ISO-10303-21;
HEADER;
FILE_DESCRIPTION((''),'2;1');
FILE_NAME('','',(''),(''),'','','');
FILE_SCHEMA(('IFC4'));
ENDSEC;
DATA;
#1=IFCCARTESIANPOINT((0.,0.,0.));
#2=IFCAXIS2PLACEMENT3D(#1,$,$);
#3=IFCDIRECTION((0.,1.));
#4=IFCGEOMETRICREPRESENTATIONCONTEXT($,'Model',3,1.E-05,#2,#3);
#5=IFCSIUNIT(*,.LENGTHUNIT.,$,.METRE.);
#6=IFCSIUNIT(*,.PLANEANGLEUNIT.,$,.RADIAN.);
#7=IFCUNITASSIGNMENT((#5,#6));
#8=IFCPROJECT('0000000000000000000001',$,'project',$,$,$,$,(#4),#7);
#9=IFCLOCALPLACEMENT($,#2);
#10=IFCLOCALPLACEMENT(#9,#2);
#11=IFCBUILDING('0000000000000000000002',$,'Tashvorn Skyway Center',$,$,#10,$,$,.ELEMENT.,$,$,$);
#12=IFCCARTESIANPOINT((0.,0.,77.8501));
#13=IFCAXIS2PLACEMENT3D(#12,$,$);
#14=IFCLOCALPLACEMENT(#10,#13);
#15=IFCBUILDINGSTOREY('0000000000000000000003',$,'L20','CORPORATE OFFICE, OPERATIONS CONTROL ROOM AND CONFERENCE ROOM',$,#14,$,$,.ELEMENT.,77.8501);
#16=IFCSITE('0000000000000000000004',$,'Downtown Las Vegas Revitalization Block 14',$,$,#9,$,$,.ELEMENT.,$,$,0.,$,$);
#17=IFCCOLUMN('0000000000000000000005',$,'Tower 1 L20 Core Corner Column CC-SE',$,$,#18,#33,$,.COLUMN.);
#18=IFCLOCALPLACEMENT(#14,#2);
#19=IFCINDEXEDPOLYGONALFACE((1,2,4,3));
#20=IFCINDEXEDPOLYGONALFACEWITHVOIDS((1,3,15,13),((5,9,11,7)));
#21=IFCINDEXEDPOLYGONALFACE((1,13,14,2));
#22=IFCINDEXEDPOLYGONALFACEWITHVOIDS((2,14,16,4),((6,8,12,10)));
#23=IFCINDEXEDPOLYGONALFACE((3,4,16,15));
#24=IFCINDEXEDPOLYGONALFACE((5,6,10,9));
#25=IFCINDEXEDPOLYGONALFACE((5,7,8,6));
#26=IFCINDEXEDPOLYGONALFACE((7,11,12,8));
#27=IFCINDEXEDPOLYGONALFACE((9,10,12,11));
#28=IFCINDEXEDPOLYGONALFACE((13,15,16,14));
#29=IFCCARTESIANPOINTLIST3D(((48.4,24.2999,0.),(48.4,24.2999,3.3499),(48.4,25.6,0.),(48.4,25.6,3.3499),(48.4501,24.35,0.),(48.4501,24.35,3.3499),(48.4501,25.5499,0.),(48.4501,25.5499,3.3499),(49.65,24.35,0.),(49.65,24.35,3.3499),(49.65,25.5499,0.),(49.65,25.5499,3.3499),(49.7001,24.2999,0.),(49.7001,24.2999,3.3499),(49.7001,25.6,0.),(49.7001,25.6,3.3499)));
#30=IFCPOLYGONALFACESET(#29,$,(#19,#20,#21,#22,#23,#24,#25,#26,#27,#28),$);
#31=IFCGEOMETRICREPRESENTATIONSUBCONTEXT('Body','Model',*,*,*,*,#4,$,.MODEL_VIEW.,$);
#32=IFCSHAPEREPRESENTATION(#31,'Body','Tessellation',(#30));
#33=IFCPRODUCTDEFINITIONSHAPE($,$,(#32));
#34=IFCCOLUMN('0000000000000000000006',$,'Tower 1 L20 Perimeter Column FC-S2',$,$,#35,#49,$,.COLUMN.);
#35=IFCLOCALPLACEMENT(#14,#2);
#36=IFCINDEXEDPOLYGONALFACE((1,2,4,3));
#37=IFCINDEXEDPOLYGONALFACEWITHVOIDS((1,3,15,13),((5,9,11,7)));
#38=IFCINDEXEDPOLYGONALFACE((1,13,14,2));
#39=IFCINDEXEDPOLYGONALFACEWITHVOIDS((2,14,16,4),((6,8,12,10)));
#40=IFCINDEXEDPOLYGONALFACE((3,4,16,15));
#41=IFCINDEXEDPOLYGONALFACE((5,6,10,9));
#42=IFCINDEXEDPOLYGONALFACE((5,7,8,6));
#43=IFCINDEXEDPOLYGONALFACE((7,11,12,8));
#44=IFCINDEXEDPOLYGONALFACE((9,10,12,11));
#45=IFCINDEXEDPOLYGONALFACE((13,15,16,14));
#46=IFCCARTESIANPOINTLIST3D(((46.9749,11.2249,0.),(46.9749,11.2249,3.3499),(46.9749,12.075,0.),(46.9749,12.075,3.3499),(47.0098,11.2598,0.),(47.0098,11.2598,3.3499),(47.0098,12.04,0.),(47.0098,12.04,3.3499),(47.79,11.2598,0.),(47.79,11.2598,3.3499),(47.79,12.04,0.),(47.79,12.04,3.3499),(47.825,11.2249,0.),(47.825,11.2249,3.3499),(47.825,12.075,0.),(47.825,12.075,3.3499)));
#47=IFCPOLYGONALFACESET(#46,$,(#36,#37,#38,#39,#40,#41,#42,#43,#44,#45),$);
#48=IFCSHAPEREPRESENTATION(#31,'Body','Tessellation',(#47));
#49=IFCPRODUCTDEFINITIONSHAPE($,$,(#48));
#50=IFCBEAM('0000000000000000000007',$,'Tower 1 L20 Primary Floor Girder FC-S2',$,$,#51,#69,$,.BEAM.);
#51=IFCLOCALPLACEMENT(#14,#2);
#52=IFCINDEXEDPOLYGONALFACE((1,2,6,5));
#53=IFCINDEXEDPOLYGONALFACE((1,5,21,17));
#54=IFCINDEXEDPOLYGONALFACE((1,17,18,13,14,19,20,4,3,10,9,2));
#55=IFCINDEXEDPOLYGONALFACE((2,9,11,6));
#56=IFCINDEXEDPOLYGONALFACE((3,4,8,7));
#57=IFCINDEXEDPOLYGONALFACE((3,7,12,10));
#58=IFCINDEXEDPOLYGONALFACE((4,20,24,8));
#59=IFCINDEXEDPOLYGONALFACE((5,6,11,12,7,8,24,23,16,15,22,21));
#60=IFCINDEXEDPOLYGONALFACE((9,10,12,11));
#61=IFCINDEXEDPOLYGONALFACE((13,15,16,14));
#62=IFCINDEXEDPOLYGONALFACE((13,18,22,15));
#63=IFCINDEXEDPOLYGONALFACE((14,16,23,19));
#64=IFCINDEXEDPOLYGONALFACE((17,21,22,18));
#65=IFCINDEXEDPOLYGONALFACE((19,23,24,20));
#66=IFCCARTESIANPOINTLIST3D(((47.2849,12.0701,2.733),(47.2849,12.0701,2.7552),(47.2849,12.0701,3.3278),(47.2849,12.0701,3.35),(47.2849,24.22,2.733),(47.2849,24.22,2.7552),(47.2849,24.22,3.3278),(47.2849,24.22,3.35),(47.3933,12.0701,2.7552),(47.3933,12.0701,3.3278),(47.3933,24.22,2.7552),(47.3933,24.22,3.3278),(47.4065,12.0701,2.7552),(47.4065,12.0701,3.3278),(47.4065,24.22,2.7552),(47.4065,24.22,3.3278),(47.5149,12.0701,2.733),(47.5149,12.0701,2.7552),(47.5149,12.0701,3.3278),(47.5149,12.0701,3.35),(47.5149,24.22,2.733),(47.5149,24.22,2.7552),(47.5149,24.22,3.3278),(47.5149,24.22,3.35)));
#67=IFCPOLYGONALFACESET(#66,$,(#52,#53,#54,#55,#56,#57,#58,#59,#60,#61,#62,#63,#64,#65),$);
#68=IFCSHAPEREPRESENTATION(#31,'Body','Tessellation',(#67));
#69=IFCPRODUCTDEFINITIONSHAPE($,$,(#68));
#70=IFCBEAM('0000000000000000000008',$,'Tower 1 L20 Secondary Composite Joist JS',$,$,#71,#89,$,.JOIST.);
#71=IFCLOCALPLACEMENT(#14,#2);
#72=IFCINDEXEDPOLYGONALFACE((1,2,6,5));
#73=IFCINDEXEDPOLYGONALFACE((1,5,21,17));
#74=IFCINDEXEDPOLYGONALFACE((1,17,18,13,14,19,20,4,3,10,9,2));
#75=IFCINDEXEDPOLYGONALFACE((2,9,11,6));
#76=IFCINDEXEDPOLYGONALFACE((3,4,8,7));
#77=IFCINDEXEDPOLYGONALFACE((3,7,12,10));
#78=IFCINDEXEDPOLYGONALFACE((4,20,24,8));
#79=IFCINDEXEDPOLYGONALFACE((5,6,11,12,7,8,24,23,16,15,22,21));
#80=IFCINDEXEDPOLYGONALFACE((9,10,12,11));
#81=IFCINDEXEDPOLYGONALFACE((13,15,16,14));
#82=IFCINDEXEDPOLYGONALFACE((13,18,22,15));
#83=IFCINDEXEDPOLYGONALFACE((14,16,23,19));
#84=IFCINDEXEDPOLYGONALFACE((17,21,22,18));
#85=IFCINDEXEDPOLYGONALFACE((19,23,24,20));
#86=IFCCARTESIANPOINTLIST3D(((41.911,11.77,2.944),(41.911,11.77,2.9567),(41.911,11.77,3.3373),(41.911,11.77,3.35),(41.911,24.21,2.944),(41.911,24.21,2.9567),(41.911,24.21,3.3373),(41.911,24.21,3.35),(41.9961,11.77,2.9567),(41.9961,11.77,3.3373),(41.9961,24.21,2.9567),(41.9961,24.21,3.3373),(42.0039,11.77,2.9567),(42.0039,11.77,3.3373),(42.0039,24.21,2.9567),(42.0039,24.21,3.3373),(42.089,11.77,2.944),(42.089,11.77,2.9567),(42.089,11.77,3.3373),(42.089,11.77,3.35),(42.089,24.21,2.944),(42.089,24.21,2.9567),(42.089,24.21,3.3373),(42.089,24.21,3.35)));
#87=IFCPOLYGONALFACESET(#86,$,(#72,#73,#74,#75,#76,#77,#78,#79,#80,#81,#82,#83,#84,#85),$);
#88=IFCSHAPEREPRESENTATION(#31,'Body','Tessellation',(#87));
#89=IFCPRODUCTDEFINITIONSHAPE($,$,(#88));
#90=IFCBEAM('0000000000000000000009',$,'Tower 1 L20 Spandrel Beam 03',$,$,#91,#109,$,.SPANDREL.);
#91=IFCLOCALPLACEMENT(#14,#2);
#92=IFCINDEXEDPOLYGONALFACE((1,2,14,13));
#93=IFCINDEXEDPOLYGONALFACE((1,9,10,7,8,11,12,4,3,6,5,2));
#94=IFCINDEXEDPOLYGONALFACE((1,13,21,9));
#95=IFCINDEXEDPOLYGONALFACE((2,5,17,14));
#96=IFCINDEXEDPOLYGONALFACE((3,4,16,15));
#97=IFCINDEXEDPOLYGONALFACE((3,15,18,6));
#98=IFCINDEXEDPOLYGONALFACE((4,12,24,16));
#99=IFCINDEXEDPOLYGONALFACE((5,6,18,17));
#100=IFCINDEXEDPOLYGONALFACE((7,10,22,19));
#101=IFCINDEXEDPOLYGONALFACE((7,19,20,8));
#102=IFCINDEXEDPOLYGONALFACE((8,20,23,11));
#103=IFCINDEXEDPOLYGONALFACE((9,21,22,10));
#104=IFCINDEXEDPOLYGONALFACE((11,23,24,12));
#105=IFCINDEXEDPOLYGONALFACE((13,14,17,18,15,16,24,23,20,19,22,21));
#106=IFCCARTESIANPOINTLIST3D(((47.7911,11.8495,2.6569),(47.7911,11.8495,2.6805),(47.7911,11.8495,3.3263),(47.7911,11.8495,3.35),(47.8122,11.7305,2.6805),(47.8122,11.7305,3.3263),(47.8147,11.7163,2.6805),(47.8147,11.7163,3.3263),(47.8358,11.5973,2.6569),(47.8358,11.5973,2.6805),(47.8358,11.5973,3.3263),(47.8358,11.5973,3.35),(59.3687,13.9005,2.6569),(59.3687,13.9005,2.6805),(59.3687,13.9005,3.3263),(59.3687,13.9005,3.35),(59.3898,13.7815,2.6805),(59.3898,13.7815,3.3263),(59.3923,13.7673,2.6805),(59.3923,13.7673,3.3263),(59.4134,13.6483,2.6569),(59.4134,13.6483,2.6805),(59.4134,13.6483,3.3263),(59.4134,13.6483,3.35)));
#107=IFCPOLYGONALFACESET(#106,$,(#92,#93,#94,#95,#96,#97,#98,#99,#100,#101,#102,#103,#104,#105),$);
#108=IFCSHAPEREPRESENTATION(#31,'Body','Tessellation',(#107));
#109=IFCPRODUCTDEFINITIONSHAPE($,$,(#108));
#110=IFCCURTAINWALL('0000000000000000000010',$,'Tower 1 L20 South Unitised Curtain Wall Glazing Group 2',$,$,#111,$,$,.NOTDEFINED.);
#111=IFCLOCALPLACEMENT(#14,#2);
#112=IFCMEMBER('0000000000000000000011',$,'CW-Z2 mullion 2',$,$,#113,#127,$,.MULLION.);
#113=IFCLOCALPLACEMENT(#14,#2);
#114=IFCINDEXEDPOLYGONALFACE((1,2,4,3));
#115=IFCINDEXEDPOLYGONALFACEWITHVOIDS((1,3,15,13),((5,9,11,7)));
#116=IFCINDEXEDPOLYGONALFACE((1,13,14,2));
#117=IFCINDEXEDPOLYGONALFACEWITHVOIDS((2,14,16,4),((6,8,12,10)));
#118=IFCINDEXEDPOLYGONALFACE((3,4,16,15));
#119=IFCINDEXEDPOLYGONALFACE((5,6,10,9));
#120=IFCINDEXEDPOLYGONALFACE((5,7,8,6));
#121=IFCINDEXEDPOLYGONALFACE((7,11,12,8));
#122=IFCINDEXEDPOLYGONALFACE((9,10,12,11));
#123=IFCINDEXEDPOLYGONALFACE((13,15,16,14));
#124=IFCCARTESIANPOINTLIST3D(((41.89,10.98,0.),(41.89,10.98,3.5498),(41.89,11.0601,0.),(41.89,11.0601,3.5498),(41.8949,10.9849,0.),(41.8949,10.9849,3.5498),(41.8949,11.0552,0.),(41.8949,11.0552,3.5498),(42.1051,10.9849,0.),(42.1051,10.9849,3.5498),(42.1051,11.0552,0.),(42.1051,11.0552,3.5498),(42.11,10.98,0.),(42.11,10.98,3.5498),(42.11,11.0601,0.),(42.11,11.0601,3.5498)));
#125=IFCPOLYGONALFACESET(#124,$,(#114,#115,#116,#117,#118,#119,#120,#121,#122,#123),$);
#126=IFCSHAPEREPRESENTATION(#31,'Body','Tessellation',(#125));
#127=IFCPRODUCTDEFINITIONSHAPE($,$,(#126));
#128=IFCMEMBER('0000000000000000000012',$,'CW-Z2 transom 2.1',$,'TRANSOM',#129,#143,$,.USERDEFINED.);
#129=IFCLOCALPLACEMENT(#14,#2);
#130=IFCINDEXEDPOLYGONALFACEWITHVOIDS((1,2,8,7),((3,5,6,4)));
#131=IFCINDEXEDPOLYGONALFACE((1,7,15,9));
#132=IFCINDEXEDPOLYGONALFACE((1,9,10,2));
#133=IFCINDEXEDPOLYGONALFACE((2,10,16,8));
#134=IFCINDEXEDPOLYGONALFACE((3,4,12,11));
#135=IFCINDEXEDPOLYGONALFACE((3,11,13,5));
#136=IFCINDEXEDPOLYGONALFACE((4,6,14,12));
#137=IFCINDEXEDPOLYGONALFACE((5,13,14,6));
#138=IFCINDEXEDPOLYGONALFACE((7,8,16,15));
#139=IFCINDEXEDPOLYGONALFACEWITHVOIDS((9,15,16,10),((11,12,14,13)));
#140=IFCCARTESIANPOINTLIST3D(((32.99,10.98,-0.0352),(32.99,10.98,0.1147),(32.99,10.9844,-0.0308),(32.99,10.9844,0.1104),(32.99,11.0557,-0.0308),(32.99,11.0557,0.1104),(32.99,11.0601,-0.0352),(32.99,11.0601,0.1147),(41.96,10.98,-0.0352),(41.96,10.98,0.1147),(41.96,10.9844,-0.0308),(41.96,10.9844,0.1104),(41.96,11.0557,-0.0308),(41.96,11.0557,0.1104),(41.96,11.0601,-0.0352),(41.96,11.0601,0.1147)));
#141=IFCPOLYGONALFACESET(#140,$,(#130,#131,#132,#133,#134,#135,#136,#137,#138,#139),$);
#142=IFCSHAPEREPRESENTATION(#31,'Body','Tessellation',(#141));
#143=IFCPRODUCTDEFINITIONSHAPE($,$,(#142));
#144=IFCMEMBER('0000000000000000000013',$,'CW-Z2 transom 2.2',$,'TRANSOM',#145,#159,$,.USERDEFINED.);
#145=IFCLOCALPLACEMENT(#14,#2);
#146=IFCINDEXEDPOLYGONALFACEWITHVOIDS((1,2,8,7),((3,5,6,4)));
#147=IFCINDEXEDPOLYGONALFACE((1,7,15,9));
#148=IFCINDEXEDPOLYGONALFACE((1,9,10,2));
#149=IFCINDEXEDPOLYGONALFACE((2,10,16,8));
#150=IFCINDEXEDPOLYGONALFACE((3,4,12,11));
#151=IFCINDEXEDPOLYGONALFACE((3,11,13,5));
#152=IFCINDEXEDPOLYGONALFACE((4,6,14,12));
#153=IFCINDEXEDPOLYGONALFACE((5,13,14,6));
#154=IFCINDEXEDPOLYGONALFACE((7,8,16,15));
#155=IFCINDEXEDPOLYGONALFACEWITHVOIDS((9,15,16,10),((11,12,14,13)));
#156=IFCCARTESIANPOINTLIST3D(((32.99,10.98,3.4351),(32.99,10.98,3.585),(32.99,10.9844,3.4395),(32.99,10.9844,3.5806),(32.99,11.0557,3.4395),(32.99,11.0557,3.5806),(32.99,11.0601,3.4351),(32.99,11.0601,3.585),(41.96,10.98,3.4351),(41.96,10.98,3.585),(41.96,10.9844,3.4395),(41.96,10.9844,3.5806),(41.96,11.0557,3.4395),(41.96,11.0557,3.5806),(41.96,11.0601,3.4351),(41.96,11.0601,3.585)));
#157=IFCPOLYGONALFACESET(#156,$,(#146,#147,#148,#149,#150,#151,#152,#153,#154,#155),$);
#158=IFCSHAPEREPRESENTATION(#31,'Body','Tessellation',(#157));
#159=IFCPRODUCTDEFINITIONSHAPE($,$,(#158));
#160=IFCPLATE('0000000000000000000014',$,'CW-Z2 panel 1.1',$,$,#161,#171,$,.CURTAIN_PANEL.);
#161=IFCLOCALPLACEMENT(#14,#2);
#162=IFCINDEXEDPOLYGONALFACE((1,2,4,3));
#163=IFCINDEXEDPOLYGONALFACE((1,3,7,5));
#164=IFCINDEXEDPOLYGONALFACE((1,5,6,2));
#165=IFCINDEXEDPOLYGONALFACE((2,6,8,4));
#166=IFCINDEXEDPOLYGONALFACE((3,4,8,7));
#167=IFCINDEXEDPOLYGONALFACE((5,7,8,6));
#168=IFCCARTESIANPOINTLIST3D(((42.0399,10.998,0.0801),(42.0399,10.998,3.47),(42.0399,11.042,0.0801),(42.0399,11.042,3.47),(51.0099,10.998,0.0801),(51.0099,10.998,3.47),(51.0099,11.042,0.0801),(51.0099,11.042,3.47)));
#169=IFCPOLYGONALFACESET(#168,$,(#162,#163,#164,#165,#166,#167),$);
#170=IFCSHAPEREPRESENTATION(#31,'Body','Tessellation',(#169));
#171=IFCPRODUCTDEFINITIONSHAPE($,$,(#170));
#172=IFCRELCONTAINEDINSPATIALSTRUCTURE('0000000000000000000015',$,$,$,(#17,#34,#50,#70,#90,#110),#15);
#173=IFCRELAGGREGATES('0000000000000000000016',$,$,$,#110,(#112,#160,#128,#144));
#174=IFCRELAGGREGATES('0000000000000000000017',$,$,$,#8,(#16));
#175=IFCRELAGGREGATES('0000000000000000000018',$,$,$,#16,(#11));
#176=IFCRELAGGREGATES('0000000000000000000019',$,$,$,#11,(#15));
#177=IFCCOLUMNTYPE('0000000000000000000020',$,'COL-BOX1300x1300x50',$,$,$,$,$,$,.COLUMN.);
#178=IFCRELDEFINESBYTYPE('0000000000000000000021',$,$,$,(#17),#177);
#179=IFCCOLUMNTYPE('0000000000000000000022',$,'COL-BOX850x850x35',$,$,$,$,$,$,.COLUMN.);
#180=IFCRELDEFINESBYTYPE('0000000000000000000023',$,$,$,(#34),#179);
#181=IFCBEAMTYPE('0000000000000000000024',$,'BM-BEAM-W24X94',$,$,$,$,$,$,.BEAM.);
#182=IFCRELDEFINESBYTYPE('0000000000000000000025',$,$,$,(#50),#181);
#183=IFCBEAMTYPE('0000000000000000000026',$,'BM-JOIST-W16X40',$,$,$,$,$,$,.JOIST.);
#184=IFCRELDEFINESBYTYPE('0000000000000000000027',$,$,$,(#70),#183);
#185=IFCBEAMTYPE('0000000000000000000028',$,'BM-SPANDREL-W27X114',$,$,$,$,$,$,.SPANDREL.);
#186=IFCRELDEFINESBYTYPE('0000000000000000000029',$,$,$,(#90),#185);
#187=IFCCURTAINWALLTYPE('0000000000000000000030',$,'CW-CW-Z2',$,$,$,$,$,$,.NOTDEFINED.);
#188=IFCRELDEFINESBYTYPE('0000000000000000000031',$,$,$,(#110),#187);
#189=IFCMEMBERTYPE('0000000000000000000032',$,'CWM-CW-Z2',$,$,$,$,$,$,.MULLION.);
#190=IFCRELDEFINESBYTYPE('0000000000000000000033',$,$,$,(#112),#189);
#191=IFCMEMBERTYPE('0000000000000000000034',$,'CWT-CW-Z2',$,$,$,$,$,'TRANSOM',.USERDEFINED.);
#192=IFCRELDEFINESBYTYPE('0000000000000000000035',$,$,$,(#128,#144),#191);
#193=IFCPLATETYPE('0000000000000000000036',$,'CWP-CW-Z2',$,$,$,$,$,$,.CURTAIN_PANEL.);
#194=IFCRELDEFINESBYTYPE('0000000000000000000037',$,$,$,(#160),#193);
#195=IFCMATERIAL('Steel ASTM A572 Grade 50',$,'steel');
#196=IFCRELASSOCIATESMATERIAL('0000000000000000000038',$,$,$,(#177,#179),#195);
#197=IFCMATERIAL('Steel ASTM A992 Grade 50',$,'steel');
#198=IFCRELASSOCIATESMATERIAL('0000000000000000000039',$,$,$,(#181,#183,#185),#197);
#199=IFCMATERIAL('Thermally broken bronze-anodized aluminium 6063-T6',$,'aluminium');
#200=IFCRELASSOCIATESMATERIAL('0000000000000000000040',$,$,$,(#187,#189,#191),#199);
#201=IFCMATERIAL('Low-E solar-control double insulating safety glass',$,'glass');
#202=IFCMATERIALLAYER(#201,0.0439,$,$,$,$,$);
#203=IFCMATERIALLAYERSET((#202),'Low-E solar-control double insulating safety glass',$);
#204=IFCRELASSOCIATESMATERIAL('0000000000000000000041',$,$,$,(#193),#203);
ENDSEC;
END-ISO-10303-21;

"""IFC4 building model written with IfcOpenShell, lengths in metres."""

from ifc_helpers import new_model, si_unit, direction, frame, origin, origin_2d, place, context, subcontext, project, spatial, rectangle, hollow_rectangle, i_section, extrude, material, layer, layer_set, material_profile, profile_set, type_object, element, aggregate, save


model = new_model("IFC4")

# Units and contexts
model_context = context("Model", 3, precision=1e-05, world=origin(), true_north=direction((0.0, 1.0)))
body_context = subcontext(model_context, "Body", "Model", "MODEL_VIEW")
ifc_project = project(units=[si_unit("LENGTHUNIT", "METRE"), si_unit("PLANEANGLEUNIT", "RADIAN")], contexts=[model_context])

# Site, building, storey
site_placement = place(None, origin())
site = spatial("IfcSite", under=ifc_project, at=site_placement, Name="Downtown Las Vegas Revitalization Block 14", CompositionType="ELEMENT", RefElevation=0.0)
building_placement = place(site_placement, origin())
building = spatial("IfcBuilding", under=site, at=building_placement, Name="Tashvorn Skyway Center", CompositionType="ELEMENT")
storey_placement = place(building_placement, frame((0.0, 0.0, 77.8501)))
storey = spatial("IfcBuildingStorey", under=building, at=storey_placement, Name="L20", Description="CORPORATE OFFICE, OPERATIONS CONTROL ROOM AND CONFERENCE ROOM", CompositionType="ELEMENT", Elevation=77.8501)

# Columns
ifc_material_1 = material(Name="Steel ASTM A572 Grade 50", Category="steel")
ifc_material_profile_1 = material_profile(ifc_material_1, hollow_rectangle(XDim=1.3, YDim=1.3, WallThickness=0.05, at=origin_2d()), Name="BOX1300x1300x50")
ifc_profile_set_1 = profile_set([ifc_material_profile_1], Name="Steel ASTM A572 Grade 50")
column_type_1 = type_object("IfcColumnType", Name="COL-BOX1300x1300x50", PredefinedType="COLUMN", material=ifc_profile_set_1)
column_1_placement = place(storey_placement, frame((49.05, 24.95, 0.0), z_axis=(0.0, 0.0, 1.0), x_axis=(1.0, 0.0, 0.0)))
element("IfcColumn", 1, at=column_1_placement, inside=storey, type_object=column_type_1, Name="Tower 1 L20 Core Corner Column CC-SE", PredefinedType="COLUMN", context=body_context, shape_type="SweptSolid", body=[
    extrude(hollow_rectangle(XDim=1.3, YDim=1.3, WallThickness=0.05, at=origin_2d()), origin(), (0.0, 0.0, 1.0), 3.3499),
])
ifc_material_profile_2 = material_profile(ifc_material_1, hollow_rectangle(XDim=0.8501, YDim=0.8501, WallThickness=0.0349, at=origin_2d()), Name="BOX850x850x35")
ifc_profile_set_2 = profile_set([ifc_material_profile_2], Name="Steel ASTM A572 Grade 50")
column_type_2 = type_object("IfcColumnType", Name="COL-BOX850x850x35", PredefinedType="COLUMN", material=ifc_profile_set_2)
column_2_placement = place(storey_placement, frame((47.3999, 11.6499, 0.0), z_axis=(0.0, 0.0, 1.0), x_axis=(1.0, 0.0, 0.0)))
element("IfcColumn", 2, at=column_2_placement, inside=storey, type_object=column_type_2, Name="Tower 1 L20 Perimeter Column FC-S2", PredefinedType="COLUMN", context=body_context, shape_type="SweptSolid", body=[
    extrude(hollow_rectangle(XDim=0.8501, YDim=0.8501, WallThickness=0.0349, at=origin_2d()), origin(), (0.0, 0.0, 1.0), 3.3499),
])

# Beams
ifc_material_2 = material(Name="Steel ASTM A992 Grade 50", Category="steel")
ifc_material_profile_3 = material_profile(ifc_material_2, i_section(OverallWidth=0.23, OverallDepth=0.6169, WebThickness=0.0132, FlangeThickness=0.0222, at=origin_2d()), Name="W24X94")
ifc_profile_set_3 = profile_set([ifc_material_profile_3], Name="Steel ASTM A992 Grade 50")
beam_type_1 = type_object("IfcBeamType", Name="BM-BEAM-W24X94", PredefinedType="BEAM", material=ifc_profile_set_3)
beam_1_placement = place(storey_placement, frame((47.3999, 12.0701, 3.0415), z_axis=(0.0, 1.0, 0.0), x_axis=(-1.0, 0.0, 0.0)))
element("IfcBeam", 3, at=beam_1_placement, inside=storey, type_object=beam_type_1, Name="Tower 1 L20 Primary Floor Girder FC-S2", PredefinedType="BEAM", context=body_context, shape_type="SweptSolid", body=[
    extrude(i_section(OverallWidth=0.23, OverallDepth=0.6169, WebThickness=0.0132, FlangeThickness=0.0222, at=origin_2d()), origin(), (0.0, 0.0, 1.0), 12.1499),
])
ifc_material_profile_4 = material_profile(ifc_material_2, i_section(OverallWidth=0.178, OverallDepth=0.406, WebThickness=0.0078, FlangeThickness=0.0127, at=origin_2d()), Name="W16X40")
ifc_profile_set_4 = profile_set([ifc_material_profile_4], Name="Steel ASTM A992 Grade 50")
beam_type_2 = type_object("IfcBeamType", Name="BM-JOIST-W16X40", PredefinedType="JOIST", material=ifc_profile_set_4)
beam_2_placement = place(storey_placement, frame((42.0, 24.21, 3.147), z_axis=(0.0, -1.0, 0.0), x_axis=(1.0, 0.0, 0.0)))
element("IfcBeam", 4, at=beam_2_placement, inside=storey, type_object=beam_type_2, Name="Tower 1 L20 Secondary Composite Joist JS", PredefinedType="JOIST", context=body_context, shape_type="SweptSolid", body=[
    extrude(i_section(OverallWidth=0.178, OverallDepth=0.406, WebThickness=0.0078, FlangeThickness=0.0127, at=origin_2d()), origin(), (0.0, 0.0, 1.0), 12.4399),
])
ifc_material_profile_5 = material_profile(ifc_material_2, i_section(OverallWidth=0.2561, OverallDepth=0.6931, WebThickness=0.0144, FlangeThickness=0.0237, at=origin_2d()), Name="W27X114")
ifc_profile_set_5 = profile_set([ifc_material_profile_5], Name="Steel ASTM A992 Grade 50")
beam_type_3 = type_object("IfcBeamType", Name="BM-SPANDREL-W27X114", PredefinedType="SPANDREL", material=ifc_profile_set_5)
beam_3_placement = place(storey_placement, frame((47.8135, 11.7234, 3.0034), z_axis=(0.984668, 0.174438, 0.0), x_axis=(-0.174438, 0.984668, 0.0)))
element("IfcBeam", 5, at=beam_3_placement, inside=storey, type_object=beam_type_3, Name="Tower 1 L20 Spandrel Beam 03", PredefinedType="SPANDREL", context=body_context, shape_type="SweptSolid", body=[
    extrude(i_section(OverallWidth=0.2561, OverallDepth=0.6931, WebThickness=0.0144, FlangeThickness=0.0237, at=origin_2d()), origin(), (0.0, 0.0, 1.0), 11.7578),
])

# Curtain wall, members, plate
ifc_material_3 = material(Name="Thermally broken bronze-anodized aluminium 6063-T6", Category="aluminium")
curtain_wall_type = type_object("IfcCurtainWallType", Name="CW-CW-Z2", PredefinedType="NOTDEFINED", material=ifc_material_3)
curtain_wall_placement = place(storey_placement, origin())
curtain_wall = element("IfcCurtainWall", 6, at=curtain_wall_placement, inside=storey, type_object=curtain_wall_type, Name="Tower 1 L20 South Unitised Curtain Wall Glazing Group 2", PredefinedType="NOTDEFINED")
ifc_material_profile_6 = material_profile(ifc_material_3, hollow_rectangle(XDim=0.0801, YDim=0.22, WallThickness=0.0049, at=origin_2d()), Name="ALU-MULL-80x220")
ifc_profile_set_6 = profile_set([ifc_material_profile_6], Name="Thermally broken bronze-anodized aluminium 6063-T6")
member_type_1 = type_object("IfcMemberType", Name="CWM-CW-Z2", PredefinedType="MULLION", material=ifc_profile_set_6)
member_1_placement = place(storey_placement, frame((42.0, 11.02, 0.0), z_axis=(0.0, 0.0, 1.0), x_axis=(0.0, -1.0, 0.0)))
member_1 = element("IfcMember", 7, at=member_1_placement, type_object=member_type_1, Name="CW-Z2 mullion 2", PredefinedType="MULLION", context=body_context, shape_type="SweptSolid", body=[
    extrude(hollow_rectangle(XDim=0.0801, YDim=0.22, WallThickness=0.0049, at=origin_2d()), origin(), (0.0, 0.0, 1.0), 3.5498),
])
ifc_material_profile_7 = material_profile(ifc_material_3, hollow_rectangle(XDim=0.0801, YDim=0.1499, WallThickness=0.0044, at=origin_2d()), Name="ALU-TRAN-80x150")
ifc_profile_set_7 = profile_set([ifc_material_profile_7], Name="Thermally broken bronze-anodized aluminium 6063-T6")
member_type_2 = type_object("IfcMemberType", Name="CWT-CW-Z2", ElementType="TRANSOM", PredefinedType="USERDEFINED", material=ifc_profile_set_7)
member_2_placement = place(storey_placement, frame((41.96, 11.02, 0.0398), z_axis=(-1.0, 0.0, 0.0), x_axis=(0.0, -1.0, 0.0)))
member_2 = element("IfcMember", 8, at=member_2_placement, type_object=member_type_2, Name="CW-Z2 transom 2.1", ObjectType="TRANSOM", PredefinedType="USERDEFINED", context=body_context, shape_type="SweptSolid", body=[
    extrude(hollow_rectangle(XDim=0.0801, YDim=0.1499, WallThickness=0.0044, at=origin_2d()), origin(), (0.0, 0.0, 1.0), 8.97),
])
member_3_placement = place(storey_placement, frame((41.96, 11.02, 3.51), z_axis=(-1.0, 0.0, 0.0), x_axis=(0.0, -1.0, 0.0)))
member_3 = element("IfcMember", 9, at=member_3_placement, type_object=member_type_2, Name="CW-Z2 transom 2.2", ObjectType="TRANSOM", PredefinedType="USERDEFINED", context=body_context, shape_type="SweptSolid", body=[
    extrude(hollow_rectangle(XDim=0.0801, YDim=0.1499, WallThickness=0.0044, at=origin_2d()), origin(), (0.0, 0.0, 1.0), 8.97),
])
ifc_material_4 = material(Name="Low-E solar-control double insulating safety glass", Category="glass")
ifc_layer_1 = layer(ifc_material_4, 0.0439)
ifc_layer_set_1 = layer_set([ifc_layer_1], Name="Low-E solar-control double insulating safety glass")
plate_type = type_object("IfcPlateType", Name="CWP-CW-Z2", PredefinedType="CURTAIN_PANEL", material=ifc_layer_set_1)
plate_placement = place(storey_placement, frame((46.5249, 11.02, 0.0801), z_axis=(0.0, 0.0, 1.0), x_axis=(-1.0, 0.0, 0.0)))
plate = element("IfcPlate", 10, at=plate_placement, type_object=plate_type, Name="CW-Z2 panel 1.1", PredefinedType="CURTAIN_PANEL", context=body_context, shape_type="SweptSolid", body=[
    extrude(rectangle(XDim=8.97, YDim=0.0439, at=origin_2d()), origin(), (0.0, 0.0, 1.0), 3.3899),
])
aggregate(curtain_wall, [member_1, plate, member_2, member_3])

save(model, "model.ifc")
